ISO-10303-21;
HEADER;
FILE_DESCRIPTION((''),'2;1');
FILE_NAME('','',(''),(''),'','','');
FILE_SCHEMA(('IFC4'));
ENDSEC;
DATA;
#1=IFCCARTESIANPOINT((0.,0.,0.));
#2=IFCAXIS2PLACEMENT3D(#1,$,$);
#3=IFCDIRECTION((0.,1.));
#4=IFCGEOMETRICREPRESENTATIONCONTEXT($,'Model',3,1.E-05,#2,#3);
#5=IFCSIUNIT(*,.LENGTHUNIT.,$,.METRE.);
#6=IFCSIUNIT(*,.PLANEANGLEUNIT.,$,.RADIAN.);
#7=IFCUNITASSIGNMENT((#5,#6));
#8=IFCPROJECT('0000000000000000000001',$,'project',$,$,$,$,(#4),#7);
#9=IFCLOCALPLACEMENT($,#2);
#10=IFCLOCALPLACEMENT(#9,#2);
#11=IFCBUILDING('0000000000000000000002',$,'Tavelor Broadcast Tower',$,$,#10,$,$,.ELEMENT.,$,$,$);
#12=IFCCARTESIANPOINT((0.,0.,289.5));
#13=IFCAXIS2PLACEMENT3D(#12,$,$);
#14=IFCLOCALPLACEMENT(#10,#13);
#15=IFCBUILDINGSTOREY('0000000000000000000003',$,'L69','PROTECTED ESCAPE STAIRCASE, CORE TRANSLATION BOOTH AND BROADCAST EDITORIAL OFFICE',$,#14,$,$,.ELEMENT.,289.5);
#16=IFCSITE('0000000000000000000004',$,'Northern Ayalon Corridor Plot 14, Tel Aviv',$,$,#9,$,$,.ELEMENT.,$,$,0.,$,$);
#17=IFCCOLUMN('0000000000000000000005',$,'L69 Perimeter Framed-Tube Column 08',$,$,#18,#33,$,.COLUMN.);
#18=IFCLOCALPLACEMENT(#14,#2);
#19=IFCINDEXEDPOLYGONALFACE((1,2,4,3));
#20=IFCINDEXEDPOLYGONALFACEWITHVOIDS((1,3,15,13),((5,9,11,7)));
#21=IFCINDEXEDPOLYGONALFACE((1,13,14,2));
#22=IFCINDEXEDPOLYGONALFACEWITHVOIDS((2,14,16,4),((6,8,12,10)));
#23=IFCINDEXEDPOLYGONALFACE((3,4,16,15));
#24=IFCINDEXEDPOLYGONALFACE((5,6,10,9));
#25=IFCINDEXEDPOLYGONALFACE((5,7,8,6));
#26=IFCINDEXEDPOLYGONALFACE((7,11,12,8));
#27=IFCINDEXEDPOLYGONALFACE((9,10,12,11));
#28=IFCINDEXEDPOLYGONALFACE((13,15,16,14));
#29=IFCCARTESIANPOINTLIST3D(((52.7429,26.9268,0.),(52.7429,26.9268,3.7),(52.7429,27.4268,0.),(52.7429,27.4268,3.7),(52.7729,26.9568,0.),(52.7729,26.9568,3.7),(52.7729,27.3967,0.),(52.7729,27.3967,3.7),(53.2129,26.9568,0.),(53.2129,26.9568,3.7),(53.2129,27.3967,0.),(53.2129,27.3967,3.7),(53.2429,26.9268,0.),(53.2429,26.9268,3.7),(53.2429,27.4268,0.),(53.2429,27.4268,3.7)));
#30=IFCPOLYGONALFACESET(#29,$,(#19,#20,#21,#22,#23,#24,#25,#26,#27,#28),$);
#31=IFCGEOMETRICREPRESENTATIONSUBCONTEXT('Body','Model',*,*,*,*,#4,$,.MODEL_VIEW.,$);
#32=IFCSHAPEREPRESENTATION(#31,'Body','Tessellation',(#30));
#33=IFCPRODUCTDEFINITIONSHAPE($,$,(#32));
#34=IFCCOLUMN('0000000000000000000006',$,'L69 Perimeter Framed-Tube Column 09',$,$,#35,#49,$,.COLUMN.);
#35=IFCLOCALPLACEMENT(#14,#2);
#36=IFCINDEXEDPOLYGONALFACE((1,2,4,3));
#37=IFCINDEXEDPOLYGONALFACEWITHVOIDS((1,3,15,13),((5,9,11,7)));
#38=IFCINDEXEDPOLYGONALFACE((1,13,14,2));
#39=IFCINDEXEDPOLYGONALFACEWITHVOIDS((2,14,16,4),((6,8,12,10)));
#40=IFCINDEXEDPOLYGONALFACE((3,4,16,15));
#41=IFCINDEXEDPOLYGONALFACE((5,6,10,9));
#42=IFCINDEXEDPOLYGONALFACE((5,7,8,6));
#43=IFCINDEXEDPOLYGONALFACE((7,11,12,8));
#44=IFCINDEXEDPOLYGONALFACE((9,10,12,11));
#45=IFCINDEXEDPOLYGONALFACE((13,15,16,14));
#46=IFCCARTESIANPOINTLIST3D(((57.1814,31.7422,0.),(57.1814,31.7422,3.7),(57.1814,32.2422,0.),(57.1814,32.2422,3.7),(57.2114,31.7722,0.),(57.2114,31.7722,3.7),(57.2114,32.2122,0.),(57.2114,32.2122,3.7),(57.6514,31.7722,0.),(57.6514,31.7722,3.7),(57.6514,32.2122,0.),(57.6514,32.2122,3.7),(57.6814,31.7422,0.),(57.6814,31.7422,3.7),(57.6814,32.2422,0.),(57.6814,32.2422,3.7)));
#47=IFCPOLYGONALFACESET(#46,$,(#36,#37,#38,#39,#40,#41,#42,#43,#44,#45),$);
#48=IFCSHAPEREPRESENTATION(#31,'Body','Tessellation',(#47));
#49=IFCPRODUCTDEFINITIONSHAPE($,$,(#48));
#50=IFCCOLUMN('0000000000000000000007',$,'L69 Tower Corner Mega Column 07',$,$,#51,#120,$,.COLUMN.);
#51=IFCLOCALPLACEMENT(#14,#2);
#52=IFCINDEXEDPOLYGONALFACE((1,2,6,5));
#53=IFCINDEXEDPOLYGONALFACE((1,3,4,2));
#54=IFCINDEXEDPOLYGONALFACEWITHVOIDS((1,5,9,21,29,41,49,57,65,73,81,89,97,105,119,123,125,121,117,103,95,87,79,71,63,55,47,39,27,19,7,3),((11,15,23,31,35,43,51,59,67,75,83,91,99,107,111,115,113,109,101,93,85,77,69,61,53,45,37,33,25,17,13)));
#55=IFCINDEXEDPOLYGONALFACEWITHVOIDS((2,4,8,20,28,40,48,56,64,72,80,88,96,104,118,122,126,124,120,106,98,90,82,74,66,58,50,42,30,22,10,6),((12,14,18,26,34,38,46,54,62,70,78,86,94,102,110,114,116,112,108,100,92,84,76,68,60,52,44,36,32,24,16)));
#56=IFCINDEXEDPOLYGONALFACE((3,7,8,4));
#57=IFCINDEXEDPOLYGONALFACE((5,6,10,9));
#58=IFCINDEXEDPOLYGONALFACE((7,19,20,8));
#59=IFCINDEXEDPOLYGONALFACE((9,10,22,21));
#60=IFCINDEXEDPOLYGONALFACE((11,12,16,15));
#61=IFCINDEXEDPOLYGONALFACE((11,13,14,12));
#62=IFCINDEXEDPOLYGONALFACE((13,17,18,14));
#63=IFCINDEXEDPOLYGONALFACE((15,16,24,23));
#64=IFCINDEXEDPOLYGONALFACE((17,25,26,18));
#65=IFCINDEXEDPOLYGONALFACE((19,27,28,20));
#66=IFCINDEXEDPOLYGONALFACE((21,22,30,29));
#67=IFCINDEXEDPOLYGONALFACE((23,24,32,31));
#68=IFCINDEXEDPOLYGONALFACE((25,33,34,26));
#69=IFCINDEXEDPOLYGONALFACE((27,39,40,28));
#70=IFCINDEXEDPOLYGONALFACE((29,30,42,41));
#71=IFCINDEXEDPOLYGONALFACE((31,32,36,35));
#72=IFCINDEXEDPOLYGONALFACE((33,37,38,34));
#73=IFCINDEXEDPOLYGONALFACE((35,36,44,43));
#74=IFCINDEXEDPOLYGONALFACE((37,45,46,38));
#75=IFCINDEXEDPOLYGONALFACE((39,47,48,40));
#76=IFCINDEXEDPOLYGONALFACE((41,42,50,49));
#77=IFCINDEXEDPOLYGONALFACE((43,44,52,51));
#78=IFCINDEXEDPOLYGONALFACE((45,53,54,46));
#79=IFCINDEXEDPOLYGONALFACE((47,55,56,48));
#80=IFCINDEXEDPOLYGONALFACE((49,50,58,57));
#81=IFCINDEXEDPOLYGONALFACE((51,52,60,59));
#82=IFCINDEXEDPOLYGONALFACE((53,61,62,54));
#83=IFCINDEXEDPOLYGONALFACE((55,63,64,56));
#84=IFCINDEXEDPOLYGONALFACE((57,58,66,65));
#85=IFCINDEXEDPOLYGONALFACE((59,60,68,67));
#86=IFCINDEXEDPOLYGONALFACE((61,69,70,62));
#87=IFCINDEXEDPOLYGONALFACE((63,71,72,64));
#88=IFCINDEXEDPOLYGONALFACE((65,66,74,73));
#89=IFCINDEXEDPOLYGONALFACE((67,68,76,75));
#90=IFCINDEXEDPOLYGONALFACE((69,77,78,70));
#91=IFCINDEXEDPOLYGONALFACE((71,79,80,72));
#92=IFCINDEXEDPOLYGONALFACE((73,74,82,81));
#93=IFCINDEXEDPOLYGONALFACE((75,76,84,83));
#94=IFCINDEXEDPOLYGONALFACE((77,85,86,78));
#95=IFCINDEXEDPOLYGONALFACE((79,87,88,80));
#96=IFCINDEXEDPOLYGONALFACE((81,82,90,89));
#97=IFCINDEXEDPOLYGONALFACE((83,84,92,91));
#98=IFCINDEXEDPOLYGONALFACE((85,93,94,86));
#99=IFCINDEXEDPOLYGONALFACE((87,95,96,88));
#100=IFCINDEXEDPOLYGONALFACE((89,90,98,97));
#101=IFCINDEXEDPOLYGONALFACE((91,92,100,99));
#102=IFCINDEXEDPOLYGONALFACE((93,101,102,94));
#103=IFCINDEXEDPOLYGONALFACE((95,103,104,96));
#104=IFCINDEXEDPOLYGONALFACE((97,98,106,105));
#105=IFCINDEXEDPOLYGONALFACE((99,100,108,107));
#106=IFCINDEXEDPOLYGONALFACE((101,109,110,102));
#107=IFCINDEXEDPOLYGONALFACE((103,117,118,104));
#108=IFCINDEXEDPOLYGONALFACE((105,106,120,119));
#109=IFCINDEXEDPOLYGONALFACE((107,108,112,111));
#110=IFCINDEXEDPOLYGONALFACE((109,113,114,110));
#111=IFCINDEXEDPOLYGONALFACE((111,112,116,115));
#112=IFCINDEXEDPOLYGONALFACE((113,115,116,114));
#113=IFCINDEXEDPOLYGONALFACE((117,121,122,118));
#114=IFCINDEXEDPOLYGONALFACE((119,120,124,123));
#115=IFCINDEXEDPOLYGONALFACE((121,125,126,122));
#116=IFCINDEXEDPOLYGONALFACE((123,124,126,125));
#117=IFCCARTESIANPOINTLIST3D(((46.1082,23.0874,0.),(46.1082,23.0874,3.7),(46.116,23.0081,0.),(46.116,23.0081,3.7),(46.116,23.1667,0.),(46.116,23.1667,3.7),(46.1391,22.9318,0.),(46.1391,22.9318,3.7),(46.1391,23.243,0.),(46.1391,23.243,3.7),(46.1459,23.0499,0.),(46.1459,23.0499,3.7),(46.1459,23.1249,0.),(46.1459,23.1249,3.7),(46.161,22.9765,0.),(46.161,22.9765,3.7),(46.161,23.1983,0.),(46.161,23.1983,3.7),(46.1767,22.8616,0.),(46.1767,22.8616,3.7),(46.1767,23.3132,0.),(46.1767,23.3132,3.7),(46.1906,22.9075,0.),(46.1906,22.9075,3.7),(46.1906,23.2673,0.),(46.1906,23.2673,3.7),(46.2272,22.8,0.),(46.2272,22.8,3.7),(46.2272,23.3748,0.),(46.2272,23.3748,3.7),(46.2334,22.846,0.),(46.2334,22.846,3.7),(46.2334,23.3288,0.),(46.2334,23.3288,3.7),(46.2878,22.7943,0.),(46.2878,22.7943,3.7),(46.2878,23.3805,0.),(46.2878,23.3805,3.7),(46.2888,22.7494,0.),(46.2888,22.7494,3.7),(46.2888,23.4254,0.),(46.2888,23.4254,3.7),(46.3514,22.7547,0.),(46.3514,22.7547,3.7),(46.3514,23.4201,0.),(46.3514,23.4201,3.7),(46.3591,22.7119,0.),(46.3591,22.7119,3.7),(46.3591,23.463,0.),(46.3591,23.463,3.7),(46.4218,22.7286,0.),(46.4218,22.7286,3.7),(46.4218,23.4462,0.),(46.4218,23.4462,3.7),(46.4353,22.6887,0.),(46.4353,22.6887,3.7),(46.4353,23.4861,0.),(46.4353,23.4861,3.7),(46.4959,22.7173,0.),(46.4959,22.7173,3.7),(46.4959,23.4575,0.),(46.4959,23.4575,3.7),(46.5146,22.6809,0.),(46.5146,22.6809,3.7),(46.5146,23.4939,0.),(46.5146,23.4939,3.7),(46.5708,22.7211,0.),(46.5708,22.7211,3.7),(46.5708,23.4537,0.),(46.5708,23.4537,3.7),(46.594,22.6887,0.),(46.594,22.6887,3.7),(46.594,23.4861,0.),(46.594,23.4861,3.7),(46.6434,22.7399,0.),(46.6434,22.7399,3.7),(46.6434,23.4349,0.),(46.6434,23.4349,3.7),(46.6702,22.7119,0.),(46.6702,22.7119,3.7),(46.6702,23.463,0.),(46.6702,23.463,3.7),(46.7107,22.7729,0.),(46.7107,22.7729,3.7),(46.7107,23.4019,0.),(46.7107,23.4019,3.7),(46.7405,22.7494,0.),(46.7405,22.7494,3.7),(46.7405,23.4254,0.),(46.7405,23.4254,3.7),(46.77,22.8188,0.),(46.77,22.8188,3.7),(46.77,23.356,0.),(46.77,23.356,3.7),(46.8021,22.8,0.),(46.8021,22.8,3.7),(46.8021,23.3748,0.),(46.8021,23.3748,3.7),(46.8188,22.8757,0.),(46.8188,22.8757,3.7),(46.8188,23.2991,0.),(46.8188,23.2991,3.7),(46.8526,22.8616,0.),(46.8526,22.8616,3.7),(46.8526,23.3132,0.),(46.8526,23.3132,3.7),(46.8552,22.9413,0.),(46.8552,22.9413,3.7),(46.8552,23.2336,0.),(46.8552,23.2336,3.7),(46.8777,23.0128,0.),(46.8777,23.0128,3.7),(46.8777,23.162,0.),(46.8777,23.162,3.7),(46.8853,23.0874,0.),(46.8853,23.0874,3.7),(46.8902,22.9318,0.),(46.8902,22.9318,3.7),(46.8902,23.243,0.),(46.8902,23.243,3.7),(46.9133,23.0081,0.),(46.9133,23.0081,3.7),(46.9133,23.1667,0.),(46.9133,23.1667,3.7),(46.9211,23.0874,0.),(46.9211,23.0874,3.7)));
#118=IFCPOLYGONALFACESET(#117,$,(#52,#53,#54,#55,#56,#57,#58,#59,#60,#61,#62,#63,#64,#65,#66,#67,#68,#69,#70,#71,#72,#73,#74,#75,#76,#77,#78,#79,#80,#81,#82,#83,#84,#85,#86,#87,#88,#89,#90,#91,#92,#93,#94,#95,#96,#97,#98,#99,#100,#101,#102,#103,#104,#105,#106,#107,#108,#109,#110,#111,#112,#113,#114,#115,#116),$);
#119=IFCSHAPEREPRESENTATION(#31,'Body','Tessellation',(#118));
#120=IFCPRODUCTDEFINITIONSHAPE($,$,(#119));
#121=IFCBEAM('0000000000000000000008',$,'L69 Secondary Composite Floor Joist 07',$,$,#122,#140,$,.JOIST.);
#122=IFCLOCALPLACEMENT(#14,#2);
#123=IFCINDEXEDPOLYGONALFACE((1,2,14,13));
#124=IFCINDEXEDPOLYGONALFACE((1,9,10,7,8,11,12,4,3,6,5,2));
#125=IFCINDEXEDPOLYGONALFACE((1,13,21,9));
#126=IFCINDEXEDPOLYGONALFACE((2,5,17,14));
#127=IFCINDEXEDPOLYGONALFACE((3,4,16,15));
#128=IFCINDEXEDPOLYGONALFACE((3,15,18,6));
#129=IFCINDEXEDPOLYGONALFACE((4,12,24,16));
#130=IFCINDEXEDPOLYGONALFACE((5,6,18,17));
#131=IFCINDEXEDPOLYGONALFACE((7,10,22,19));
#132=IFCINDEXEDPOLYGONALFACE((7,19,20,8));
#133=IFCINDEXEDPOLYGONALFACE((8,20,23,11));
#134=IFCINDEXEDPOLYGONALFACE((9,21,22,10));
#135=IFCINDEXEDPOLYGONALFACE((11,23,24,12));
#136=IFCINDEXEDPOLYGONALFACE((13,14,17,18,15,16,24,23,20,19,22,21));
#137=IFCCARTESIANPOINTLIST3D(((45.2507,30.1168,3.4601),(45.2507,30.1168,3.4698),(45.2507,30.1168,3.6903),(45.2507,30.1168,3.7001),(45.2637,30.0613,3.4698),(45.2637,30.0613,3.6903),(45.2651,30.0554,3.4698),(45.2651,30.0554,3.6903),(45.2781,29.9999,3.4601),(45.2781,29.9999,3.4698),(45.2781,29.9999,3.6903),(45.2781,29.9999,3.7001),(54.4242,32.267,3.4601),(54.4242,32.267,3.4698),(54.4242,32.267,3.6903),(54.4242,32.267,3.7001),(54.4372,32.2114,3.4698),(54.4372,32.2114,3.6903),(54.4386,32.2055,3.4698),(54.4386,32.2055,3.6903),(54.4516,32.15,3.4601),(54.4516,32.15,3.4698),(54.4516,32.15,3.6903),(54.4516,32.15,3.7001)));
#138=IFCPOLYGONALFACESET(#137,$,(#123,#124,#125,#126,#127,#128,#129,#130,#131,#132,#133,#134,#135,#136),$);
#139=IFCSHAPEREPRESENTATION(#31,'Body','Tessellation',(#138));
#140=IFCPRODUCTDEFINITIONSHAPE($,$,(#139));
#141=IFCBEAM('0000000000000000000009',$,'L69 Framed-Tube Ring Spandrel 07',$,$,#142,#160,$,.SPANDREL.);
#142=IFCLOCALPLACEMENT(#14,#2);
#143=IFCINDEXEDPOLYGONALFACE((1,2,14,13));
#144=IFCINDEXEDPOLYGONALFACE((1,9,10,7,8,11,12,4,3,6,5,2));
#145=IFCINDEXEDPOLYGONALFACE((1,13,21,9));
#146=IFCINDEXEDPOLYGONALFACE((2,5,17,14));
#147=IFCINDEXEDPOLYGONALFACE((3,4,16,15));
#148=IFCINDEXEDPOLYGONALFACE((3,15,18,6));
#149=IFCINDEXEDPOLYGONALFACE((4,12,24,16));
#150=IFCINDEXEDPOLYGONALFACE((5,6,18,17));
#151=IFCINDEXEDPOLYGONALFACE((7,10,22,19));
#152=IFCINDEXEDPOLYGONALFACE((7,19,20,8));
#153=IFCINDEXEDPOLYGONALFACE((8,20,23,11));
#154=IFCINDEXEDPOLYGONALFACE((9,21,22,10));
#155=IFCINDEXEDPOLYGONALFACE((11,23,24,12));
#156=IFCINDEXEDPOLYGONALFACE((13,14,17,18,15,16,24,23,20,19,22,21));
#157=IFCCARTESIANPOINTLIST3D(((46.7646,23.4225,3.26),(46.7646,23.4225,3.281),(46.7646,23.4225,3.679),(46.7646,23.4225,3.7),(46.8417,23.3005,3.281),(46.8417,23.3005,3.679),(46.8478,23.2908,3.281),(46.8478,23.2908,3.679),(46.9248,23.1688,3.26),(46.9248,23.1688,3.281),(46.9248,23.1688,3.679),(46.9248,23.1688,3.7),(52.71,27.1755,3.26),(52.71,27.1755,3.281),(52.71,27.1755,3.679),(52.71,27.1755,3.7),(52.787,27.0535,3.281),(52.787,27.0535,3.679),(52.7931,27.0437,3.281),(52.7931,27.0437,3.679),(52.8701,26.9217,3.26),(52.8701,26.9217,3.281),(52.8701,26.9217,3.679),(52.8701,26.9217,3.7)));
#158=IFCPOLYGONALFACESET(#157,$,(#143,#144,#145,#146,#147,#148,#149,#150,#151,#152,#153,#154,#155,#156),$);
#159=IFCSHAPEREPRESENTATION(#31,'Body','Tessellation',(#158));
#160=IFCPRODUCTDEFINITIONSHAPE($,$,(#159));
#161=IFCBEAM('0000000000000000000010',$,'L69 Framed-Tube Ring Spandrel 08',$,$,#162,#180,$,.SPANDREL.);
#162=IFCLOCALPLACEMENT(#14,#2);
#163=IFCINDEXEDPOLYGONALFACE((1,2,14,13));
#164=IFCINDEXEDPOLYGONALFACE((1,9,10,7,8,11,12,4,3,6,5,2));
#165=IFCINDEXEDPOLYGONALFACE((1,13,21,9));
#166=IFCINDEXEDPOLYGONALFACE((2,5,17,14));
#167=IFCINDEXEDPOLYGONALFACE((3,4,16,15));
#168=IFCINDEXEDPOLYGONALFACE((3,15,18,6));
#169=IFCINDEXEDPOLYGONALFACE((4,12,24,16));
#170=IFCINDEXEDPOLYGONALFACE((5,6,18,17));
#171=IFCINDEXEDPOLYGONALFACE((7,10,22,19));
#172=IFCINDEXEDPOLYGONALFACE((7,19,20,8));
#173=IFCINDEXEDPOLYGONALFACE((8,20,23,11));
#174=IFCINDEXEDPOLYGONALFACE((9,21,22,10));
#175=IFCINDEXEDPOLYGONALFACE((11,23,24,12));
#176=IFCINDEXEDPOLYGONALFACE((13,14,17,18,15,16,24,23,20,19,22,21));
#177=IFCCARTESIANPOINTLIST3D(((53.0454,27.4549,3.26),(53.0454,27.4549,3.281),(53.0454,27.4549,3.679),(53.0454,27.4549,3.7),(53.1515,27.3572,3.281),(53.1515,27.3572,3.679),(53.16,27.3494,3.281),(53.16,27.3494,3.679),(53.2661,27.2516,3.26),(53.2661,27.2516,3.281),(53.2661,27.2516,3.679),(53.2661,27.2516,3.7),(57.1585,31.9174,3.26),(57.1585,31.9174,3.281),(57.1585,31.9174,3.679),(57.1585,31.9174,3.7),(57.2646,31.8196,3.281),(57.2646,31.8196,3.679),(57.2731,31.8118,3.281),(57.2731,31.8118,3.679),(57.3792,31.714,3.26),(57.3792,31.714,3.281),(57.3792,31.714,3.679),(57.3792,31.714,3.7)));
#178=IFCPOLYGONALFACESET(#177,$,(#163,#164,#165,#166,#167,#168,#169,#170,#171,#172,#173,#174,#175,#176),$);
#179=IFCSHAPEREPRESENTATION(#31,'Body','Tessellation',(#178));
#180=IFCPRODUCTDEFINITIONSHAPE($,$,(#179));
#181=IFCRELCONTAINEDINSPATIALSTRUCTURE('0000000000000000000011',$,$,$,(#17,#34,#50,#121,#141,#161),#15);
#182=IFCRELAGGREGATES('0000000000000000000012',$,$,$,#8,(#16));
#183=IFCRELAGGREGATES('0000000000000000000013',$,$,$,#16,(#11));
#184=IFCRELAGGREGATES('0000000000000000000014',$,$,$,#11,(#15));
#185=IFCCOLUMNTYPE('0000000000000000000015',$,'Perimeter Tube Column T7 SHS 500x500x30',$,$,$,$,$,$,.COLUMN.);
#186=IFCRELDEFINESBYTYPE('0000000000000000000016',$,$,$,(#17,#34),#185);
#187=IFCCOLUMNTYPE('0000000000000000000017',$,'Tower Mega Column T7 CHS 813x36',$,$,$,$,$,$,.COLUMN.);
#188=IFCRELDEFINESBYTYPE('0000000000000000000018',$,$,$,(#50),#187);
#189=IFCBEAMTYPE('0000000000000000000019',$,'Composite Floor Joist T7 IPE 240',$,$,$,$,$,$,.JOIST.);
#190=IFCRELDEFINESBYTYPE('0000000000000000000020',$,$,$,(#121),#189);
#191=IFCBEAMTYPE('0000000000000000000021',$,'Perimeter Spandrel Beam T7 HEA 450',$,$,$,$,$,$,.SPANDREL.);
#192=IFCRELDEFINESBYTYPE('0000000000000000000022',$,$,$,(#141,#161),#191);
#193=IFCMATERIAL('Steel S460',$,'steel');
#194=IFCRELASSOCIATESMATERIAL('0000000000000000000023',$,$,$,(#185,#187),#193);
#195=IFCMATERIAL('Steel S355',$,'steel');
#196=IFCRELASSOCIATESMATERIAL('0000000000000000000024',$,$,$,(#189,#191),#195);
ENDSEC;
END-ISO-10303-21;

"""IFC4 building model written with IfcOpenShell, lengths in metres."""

from ifc_helpers import new_model, si_unit, direction, frame, origin, origin_2d, place, context, subcontext, project, spatial, hollow_rectangle, hollow_circle, i_section, extrude, material, material_profile, profile_set, type_object, element, save


model = new_model("IFC4")

# Units and contexts
model_context = context("Model", 3, precision=1e-05, world=origin(), true_north=direction((0.0, 1.0)))
body_context = subcontext(model_context, "Body", "Model", "MODEL_VIEW")
ifc_project = project(units=[si_unit("LENGTHUNIT", "METRE"), si_unit("PLANEANGLEUNIT", "RADIAN")], contexts=[model_context])

# Site, building, storey
site_placement = place(None, origin())
site = spatial("IfcSite", under=ifc_project, at=site_placement, Name="Northern Ayalon Corridor Plot 14, Tel Aviv", CompositionType="ELEMENT", RefElevation=0.0)
building_placement = place(site_placement, origin())
building = spatial("IfcBuilding", under=site, at=building_placement, Name="Tavelor Broadcast Tower", CompositionType="ELEMENT")
storey_placement = place(building_placement, frame((0.0, 0.0, 289.5)))
storey = spatial("IfcBuildingStorey", under=building, at=storey_placement, Name="L69", Description="PROTECTED ESCAPE STAIRCASE, CORE TRANSLATION BOOTH AND BROADCAST EDITORIAL OFFICE", CompositionType="ELEMENT", Elevation=289.5)

# Columns
ifc_material_1 = material(Name="Steel S460", Category="steel")
ifc_material_profile_1 = material_profile(ifc_material_1, hollow_rectangle(XDim=0.5, YDim=0.5, WallThickness=0.03, at=origin_2d()), Name="SHS 500x500x30")
ifc_profile_set_1 = profile_set([ifc_material_profile_1], Name="Steel S460")
column_type_1 = type_object("IfcColumnType", Name="Perimeter Tube Column T7 SHS 500x500x30", PredefinedType="COLUMN", material=ifc_profile_set_1)
for number, where, z_axis, x_axis, name in (
    (1, (52.9929, 27.1768, 0.0), (0.0, 0.0, 1.0), (1.0, 0.0, 0.0), "L69 Perimeter Framed-Tube Column 08"),
    (2, (57.4314, 31.9922, 0.0), (0.0, 0.0, 1.0), (1.0, 0.0, 0.0), "L69 Perimeter Framed-Tube Column 09"),
):
    element("IfcColumn", number, at=place(storey_placement, frame(where, z_axis=z_axis, x_axis=x_axis)), inside=storey, type_object=column_type_1, Name=name, PredefinedType="COLUMN", context=body_context, shape_type="SweptSolid", body=[
        extrude(hollow_rectangle(XDim=0.5, YDim=0.5, WallThickness=0.03, at=origin_2d()), origin(), (0.0, 0.0, 1.0), 3.7),
    ])
ifc_material_profile_2 = material_profile(ifc_material_1, hollow_circle(Radius=0.4065, WallThickness=0.0359, at=origin_2d()), Name="CHS 813x36")
ifc_profile_set_2 = profile_set([ifc_material_profile_2], Name="Steel S460")
column_type_2 = type_object("IfcColumnType", Name="Tower Mega Column T7 CHS 813x36", PredefinedType="COLUMN", material=ifc_profile_set_2)
column_placement = place(storey_placement, frame((46.5146, 23.0874, 0.0), z_axis=(0.0, 0.0, 1.0), x_axis=(1.0, 0.0, 0.0)))
element("IfcColumn", 3, at=column_placement, inside=storey, type_object=column_type_2, Name="L69 Tower Corner Mega Column 07", PredefinedType="COLUMN", context=body_context, shape_type="SweptSolid", body=[
    extrude(hollow_circle(Radius=0.4065, WallThickness=0.0359, at=origin_2d()), origin(), (0.0, 0.0, 1.0), 3.7),
])

# Beams
ifc_material_2 = material(Name="Steel S355", Category="steel")
ifc_material_profile_3 = material_profile(ifc_material_2, i_section(OverallWidth=0.1201, OverallDepth=0.24, WebThickness=0.0061, FlangeThickness=0.0098, at=origin_2d()), Name="IPE 240")
ifc_profile_set_3 = profile_set([ifc_material_profile_3], Name="Steel S355")
beam_type_1 = type_object("IfcBeamType", Name="Composite Floor Joist T7 IPE 240", PredefinedType="JOIST", material=ifc_profile_set_3)
beam_1_placement = place(storey_placement, frame((45.2644, 30.0583, 3.5801), z_axis=(0.973614, 0.2282, 0.0), x_axis=(-0.2282, 0.973614, 0.0)))
element("IfcBeam", 4, at=beam_1_placement, inside=storey, type_object=beam_type_1, Name="L69 Secondary Composite Floor Joist 07", PredefinedType="JOIST", context=body_context, shape_type="SweptSolid", body=[
    extrude(i_section(OverallWidth=0.1201, OverallDepth=0.24, WebThickness=0.0061, FlangeThickness=0.0098, at=origin_2d()), origin(), (0.0, 0.0, 1.0), 9.4221),
])
ifc_material_profile_4 = material_profile(ifc_material_2, i_section(OverallWidth=0.3, OverallDepth=0.4399, WebThickness=0.0115, FlangeThickness=0.021, at=origin_2d()), Name="HEA 450")
ifc_profile_set_4 = profile_set([ifc_material_profile_4], Name="Steel S355")
beam_type_2 = type_object("IfcBeamType", Name="Perimeter Spandrel Beam T7 HEA 450", PredefinedType="SPANDREL", material=ifc_profile_set_4)
beam_2_placement = place(storey_placement, frame((46.8447, 23.2957, 3.48), z_axis=(0.845618, 0.533789, 0.0), x_axis=(-0.533789, 0.845618, 0.0)))
element("IfcBeam", 5, at=beam_2_placement, inside=storey, type_object=beam_type_2, Name="L69 Framed-Tube Ring Spandrel 07", PredefinedType="SPANDREL", context=body_context, shape_type="SweptSolid", body=[
    extrude(i_section(OverallWidth=0.3, OverallDepth=0.4399, WebThickness=0.0115, FlangeThickness=0.021, at=origin_2d()), origin(), (0.0, 0.0, 1.0), 7.0308),
])
beam_3_placement = place(storey_placement, frame((53.1558, 27.3533, 3.48), z_axis=(0.677737, 0.735304, 0.0), x_axis=(-0.735304, 0.677737, 0.0)))
element("IfcBeam", 6, at=beam_3_placement, inside=storey, type_object=beam_type_2, Name="L69 Framed-Tube Ring Spandrel 08", PredefinedType="SPANDREL", context=body_context, shape_type="SweptSolid", body=[
    extrude(i_section(OverallWidth=0.3, OverallDepth=0.4399, WebThickness=0.0115, FlangeThickness=0.021, at=origin_2d()), origin(), (0.0, 0.0, 1.0), 6.0688),
])

save(model, "model.ifc")
